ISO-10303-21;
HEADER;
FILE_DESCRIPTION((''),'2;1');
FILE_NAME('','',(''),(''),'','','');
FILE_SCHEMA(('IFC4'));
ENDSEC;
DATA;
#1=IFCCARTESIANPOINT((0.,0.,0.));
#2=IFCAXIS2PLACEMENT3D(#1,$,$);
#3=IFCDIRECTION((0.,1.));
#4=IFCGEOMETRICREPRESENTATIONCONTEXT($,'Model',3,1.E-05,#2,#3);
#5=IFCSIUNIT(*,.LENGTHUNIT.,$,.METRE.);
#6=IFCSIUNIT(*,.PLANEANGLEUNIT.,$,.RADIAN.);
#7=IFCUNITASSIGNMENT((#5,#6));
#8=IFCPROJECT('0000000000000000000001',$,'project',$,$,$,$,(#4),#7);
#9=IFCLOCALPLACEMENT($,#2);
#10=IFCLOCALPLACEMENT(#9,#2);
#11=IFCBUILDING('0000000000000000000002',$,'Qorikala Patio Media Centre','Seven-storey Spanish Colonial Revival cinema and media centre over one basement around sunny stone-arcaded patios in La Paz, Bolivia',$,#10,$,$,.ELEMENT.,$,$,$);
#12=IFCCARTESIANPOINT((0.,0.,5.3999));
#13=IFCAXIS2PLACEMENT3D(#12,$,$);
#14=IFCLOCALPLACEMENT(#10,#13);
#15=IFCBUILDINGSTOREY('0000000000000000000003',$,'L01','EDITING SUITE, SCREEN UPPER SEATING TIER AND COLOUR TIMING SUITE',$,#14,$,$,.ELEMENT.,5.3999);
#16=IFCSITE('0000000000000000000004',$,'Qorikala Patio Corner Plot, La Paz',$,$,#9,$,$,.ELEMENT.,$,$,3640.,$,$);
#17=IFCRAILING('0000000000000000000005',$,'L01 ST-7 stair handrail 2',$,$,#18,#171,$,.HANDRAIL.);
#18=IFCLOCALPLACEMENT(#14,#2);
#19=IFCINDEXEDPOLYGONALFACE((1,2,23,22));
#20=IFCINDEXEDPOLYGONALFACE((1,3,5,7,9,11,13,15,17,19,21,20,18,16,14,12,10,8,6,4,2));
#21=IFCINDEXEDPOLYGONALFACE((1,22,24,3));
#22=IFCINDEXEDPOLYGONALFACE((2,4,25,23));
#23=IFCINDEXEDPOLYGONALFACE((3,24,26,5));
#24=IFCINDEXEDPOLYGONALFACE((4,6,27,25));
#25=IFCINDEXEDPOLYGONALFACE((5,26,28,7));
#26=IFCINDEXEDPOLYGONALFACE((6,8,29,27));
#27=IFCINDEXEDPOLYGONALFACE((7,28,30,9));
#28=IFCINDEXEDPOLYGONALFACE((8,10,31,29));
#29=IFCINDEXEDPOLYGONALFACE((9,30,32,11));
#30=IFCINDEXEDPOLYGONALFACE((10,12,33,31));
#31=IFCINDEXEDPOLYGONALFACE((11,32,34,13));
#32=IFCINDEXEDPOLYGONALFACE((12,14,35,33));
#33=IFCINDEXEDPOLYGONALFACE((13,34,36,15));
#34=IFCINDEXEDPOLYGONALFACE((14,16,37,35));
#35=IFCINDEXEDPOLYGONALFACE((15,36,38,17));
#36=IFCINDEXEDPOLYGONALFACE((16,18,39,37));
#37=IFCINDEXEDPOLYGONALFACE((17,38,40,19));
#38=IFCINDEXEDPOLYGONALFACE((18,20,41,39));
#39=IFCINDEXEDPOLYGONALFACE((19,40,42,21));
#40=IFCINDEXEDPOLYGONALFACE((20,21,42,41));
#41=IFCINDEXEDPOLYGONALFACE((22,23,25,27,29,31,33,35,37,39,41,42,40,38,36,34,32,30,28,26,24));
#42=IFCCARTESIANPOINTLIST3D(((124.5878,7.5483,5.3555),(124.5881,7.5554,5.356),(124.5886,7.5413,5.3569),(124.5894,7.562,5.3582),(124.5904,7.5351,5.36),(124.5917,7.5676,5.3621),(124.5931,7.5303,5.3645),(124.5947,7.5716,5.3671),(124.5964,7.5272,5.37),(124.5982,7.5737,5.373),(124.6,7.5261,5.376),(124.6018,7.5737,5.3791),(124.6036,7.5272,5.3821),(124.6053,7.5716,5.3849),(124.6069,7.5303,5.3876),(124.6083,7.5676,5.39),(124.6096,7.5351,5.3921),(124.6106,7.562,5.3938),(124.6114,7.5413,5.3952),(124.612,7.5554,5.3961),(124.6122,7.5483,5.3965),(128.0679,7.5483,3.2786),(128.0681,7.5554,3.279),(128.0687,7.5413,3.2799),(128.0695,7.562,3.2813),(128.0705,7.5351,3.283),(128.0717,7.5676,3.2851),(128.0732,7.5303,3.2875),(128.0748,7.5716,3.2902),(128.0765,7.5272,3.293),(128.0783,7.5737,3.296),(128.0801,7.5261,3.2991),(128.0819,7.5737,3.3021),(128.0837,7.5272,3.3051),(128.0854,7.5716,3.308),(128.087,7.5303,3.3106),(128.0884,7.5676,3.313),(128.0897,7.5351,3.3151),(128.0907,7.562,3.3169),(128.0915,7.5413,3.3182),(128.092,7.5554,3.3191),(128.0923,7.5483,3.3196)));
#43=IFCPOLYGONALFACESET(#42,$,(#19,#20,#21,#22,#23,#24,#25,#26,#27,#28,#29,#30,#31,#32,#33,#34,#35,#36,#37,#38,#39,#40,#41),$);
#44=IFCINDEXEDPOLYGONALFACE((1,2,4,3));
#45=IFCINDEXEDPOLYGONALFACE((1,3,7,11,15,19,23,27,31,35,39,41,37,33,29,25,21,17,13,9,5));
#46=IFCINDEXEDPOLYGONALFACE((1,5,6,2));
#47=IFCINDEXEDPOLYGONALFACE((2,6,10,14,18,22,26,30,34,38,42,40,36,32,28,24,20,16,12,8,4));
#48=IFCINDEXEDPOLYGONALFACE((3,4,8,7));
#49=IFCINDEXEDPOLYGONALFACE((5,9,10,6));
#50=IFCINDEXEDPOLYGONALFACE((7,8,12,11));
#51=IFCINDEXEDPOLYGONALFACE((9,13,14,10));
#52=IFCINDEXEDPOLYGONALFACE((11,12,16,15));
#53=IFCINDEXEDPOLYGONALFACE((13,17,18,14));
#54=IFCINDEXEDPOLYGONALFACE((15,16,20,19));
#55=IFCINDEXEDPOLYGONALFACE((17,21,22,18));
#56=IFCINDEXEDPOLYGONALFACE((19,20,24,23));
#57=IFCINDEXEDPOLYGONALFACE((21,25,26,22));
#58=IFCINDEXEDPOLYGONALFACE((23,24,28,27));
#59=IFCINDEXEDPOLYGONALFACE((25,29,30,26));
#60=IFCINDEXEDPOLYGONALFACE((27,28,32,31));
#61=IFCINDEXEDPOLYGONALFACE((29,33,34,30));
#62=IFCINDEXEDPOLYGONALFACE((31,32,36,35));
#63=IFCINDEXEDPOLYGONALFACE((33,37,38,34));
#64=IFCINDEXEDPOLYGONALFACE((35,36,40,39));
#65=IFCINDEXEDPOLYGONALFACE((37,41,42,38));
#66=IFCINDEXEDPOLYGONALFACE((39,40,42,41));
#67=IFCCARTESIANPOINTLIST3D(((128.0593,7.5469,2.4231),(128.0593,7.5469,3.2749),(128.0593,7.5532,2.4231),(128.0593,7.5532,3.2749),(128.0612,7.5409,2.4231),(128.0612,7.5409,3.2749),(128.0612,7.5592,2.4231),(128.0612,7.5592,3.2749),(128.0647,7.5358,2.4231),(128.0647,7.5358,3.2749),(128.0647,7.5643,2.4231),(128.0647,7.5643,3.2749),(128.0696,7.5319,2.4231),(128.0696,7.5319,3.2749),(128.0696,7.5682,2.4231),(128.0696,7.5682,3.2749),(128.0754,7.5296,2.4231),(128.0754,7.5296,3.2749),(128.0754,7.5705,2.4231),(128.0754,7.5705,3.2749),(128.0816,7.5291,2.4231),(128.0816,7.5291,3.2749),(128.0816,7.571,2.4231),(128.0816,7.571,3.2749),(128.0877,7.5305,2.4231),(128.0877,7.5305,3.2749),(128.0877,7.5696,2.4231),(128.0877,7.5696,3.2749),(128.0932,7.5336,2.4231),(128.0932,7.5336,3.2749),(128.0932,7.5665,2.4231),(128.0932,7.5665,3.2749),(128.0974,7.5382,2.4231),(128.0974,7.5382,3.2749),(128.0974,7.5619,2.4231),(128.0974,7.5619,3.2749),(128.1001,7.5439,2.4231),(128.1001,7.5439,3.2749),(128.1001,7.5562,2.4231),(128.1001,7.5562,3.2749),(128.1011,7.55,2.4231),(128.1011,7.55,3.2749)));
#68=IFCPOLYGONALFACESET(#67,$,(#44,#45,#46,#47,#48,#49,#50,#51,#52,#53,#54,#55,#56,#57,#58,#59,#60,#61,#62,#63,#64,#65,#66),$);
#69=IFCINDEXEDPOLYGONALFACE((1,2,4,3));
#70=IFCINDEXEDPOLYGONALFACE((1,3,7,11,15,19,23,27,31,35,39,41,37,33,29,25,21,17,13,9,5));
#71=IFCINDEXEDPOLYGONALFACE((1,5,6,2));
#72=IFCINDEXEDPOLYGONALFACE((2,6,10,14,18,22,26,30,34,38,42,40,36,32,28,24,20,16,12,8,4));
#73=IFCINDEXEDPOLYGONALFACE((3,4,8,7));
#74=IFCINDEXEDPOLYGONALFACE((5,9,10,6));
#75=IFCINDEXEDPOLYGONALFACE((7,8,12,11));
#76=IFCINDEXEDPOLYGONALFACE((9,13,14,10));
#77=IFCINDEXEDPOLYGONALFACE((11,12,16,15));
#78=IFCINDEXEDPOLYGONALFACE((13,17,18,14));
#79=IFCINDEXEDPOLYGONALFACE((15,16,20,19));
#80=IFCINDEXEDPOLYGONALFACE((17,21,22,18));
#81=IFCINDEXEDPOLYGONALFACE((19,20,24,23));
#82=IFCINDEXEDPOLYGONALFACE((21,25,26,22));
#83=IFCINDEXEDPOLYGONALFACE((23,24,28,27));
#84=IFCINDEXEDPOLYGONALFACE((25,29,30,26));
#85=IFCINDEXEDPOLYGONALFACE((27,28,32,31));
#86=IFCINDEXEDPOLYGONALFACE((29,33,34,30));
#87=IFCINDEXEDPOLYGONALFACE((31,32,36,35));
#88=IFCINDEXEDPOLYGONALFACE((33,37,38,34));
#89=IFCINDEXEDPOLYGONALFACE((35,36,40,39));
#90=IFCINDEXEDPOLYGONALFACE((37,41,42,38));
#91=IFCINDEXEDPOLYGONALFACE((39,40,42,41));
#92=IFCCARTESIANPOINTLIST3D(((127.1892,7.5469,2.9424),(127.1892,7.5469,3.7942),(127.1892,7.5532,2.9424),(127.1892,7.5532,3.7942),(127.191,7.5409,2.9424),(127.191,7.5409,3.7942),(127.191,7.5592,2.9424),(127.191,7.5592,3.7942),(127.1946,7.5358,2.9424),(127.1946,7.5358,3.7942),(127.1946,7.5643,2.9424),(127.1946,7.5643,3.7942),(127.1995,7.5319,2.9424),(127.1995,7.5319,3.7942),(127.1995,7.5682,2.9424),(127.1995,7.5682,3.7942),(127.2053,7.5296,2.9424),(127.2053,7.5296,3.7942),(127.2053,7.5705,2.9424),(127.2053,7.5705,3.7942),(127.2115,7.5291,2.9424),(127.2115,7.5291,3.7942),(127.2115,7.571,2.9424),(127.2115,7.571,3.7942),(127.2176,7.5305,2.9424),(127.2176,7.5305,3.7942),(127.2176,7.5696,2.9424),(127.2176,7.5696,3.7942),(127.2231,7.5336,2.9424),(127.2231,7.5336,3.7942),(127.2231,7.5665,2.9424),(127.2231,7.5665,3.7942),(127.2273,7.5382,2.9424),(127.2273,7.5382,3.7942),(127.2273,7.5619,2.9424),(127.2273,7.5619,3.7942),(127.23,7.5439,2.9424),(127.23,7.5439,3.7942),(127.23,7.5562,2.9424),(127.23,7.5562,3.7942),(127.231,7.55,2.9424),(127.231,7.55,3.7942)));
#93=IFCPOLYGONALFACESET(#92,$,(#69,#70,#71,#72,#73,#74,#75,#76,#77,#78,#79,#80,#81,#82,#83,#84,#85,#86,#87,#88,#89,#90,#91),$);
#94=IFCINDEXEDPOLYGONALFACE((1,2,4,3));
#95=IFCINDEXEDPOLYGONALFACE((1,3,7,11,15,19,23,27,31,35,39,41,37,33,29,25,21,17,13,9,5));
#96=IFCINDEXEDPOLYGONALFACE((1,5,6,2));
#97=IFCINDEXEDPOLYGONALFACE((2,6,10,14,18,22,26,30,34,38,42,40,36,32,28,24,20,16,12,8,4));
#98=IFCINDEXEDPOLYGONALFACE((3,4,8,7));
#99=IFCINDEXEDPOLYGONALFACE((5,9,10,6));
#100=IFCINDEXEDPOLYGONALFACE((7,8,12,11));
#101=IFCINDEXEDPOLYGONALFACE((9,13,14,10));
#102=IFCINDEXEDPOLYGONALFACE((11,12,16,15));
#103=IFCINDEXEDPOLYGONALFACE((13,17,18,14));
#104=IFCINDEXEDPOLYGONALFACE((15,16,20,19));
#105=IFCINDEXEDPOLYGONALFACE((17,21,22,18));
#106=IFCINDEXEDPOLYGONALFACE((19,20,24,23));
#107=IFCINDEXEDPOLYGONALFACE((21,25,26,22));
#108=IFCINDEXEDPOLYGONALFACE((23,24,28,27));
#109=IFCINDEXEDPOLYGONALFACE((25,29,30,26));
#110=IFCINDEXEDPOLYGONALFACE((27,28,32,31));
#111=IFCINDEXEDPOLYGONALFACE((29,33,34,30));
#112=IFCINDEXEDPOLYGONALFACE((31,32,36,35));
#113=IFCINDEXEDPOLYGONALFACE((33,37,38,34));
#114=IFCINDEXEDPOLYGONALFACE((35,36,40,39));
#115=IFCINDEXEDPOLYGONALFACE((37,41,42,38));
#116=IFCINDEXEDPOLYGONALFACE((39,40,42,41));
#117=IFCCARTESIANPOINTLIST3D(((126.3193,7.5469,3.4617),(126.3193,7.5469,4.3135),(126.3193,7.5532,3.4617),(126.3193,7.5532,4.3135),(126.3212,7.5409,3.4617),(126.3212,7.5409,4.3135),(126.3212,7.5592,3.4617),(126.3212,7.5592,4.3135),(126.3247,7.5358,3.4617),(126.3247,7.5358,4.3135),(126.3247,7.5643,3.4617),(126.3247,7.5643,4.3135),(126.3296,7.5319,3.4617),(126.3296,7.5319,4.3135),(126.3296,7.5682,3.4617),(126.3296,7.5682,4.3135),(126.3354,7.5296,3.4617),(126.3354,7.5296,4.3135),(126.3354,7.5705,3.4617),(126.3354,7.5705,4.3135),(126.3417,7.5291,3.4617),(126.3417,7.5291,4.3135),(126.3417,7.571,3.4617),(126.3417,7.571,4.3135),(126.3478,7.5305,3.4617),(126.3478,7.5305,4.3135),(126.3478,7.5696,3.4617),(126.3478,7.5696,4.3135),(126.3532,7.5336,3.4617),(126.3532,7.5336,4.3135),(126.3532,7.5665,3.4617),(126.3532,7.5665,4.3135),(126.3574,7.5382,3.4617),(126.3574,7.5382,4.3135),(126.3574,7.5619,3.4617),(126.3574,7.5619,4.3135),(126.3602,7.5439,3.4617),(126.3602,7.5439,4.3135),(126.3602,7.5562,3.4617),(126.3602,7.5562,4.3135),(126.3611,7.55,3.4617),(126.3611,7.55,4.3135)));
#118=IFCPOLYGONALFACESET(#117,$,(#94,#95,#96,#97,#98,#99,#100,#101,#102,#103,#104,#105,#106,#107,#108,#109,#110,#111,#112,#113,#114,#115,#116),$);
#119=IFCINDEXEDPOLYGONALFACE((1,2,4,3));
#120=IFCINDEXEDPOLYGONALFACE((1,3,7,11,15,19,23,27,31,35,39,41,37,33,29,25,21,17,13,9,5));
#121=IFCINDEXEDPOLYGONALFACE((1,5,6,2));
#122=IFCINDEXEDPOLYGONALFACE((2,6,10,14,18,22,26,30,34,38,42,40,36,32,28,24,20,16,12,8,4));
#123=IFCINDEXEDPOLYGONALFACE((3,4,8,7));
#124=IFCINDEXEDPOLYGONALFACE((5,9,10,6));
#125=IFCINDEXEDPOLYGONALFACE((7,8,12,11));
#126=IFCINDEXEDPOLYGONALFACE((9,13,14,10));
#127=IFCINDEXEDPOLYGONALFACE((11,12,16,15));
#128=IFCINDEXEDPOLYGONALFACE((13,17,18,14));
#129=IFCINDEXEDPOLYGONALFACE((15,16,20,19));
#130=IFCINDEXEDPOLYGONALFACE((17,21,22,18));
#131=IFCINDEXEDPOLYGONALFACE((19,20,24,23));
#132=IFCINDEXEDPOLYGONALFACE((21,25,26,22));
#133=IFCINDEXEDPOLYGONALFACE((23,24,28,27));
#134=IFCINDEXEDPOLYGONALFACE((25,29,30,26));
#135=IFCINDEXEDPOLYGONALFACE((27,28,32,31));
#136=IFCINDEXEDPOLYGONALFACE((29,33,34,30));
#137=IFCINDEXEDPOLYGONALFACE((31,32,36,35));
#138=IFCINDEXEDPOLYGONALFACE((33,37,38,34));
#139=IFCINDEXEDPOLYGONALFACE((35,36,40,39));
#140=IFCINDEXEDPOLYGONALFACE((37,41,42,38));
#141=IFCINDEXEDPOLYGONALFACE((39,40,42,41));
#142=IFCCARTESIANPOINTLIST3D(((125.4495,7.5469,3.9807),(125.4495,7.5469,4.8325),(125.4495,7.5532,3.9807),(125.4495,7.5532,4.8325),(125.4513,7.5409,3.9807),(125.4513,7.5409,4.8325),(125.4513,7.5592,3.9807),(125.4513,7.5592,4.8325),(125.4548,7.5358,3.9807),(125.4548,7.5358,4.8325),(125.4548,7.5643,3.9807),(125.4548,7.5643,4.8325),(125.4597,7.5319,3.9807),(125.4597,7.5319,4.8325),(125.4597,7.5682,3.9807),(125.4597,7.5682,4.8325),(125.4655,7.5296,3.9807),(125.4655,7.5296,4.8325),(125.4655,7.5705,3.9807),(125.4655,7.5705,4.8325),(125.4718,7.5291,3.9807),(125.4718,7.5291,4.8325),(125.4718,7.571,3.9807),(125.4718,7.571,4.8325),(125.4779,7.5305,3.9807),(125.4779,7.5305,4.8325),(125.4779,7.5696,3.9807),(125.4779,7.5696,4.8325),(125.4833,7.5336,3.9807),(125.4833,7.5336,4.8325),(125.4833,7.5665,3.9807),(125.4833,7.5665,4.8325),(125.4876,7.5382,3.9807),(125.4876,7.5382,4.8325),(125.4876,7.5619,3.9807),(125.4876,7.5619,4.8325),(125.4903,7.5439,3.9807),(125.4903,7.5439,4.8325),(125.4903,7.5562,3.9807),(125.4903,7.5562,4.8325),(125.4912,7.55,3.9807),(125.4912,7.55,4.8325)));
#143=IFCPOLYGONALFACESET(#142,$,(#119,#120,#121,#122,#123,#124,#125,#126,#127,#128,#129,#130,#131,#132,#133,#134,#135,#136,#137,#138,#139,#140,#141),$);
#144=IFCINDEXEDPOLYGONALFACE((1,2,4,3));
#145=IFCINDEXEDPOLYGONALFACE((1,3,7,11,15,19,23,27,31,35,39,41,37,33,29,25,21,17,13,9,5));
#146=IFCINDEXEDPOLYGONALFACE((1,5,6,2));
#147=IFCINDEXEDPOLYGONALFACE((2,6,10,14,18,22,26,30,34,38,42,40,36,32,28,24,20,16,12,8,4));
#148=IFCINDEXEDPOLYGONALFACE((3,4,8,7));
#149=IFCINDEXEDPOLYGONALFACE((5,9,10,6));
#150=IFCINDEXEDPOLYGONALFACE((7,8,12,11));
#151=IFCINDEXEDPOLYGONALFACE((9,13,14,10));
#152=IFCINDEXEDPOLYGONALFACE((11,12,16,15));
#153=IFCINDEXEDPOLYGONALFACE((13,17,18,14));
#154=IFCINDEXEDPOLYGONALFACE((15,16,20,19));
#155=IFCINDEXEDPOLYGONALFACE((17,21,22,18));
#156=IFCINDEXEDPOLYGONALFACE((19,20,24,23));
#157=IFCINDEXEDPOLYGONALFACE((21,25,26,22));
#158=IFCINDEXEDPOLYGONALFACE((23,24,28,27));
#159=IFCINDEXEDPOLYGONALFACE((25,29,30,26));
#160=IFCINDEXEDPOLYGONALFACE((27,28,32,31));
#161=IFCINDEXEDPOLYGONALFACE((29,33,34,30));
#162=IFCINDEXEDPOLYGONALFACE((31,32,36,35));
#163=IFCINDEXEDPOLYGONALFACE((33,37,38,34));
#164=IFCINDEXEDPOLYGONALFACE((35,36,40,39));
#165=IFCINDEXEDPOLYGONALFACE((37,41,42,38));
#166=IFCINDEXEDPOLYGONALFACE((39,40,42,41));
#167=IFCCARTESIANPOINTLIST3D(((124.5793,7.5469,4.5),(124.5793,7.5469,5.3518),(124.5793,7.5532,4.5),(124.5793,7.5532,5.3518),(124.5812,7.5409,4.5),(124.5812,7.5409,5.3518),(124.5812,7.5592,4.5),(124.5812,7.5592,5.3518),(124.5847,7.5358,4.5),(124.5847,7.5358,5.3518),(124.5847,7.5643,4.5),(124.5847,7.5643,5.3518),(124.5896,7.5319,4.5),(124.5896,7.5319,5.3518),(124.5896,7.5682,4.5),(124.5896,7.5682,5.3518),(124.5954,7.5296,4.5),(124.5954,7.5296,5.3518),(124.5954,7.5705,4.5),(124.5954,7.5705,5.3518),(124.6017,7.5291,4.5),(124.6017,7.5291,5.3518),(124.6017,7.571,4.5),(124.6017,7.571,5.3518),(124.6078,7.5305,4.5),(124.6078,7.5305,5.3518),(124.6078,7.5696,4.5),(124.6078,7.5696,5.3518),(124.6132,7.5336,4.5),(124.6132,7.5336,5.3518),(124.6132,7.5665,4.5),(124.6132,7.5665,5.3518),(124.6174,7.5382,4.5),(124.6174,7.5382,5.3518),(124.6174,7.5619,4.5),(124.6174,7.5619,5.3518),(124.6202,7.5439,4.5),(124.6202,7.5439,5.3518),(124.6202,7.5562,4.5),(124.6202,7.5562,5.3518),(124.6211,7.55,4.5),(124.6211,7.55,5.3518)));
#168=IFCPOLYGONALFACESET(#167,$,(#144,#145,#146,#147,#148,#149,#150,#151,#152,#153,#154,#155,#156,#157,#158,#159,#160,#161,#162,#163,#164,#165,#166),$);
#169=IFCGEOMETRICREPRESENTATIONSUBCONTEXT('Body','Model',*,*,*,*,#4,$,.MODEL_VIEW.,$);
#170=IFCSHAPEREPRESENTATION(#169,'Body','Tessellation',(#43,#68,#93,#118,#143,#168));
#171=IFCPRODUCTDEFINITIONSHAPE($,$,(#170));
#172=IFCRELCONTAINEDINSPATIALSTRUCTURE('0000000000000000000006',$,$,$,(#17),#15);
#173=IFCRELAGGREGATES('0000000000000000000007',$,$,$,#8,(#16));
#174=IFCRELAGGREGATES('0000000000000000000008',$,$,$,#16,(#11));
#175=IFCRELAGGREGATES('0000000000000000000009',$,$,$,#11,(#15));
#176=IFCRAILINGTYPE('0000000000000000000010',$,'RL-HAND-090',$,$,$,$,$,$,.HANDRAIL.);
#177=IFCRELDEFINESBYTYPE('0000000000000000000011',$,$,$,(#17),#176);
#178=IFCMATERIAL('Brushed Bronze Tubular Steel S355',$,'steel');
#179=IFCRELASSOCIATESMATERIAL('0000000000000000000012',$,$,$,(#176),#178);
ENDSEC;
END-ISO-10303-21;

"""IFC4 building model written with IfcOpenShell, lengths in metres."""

from ifc_helpers import new_model, si_unit, direction, frame, origin, origin_2d, place, context, subcontext, project, spatial, circle, extrude, material, type_object, element, save


model = new_model("IFC4")

# Units and contexts
model_context = context("Model", 3, precision=1e-05, world=origin(), true_north=direction((0.0, 1.0)))
body_context = subcontext(model_context, "Body", "Model", "MODEL_VIEW")
ifc_project = project(units=[si_unit("LENGTHUNIT", "METRE"), si_unit("PLANEANGLEUNIT", "RADIAN")], contexts=[model_context])

# Site, building, storey
site_placement = place(None, origin())
site = spatial("IfcSite", under=ifc_project, at=site_placement, Name="Qorikala Patio Corner Plot, La Paz", CompositionType="ELEMENT", RefElevation=3640.0)
building_placement = place(site_placement, origin())
building = spatial("IfcBuilding", under=site, at=building_placement, Name="Qorikala Patio Media Centre", Description="Seven-storey Spanish Colonial Revival cinema and media centre over one basement around sunny stone-arcaded patios in La Paz, Bolivia", CompositionType="ELEMENT")
storey_placement = place(building_placement, frame((0.0, 0.0, 5.3999)))
storey = spatial("IfcBuildingStorey", under=building, at=storey_placement, Name="L01", Description="EDITING SUITE, SCREEN UPPER SEATING TIER AND COLOUR TIMING SUITE", CompositionType="ELEMENT", Elevation=5.3999)

# Railing
ifc_material_1 = material(Name="Brushed Bronze Tubular Steel S355", Category="steel")
railing_type_1 = type_object("IfcRailingType", Name="RL-HAND-090", PredefinedType="HANDRAIL", material=ifc_material_1)
railing_1_placement = place(storey_placement, frame((128.0801, 7.55, 2.4231)))
element("IfcRailing", 1, at=railing_1_placement, inside=storey, type_object=railing_type_1, Name="L01 ST-7 stair handrail 2", PredefinedType="HANDRAIL", context=body_context, shape_type="SweptSolid", body=[
    extrude(circle(Radius=0.0239, at=origin_2d()), frame((0.0, 0.0, 0.876), z_axis=(-0.858697, 0.0, 0.512483), x_axis=(0.0, -1.0, 0.0)), (0.0, 0.0, 1.0), 4.0527),
    extrude(circle(Radius=0.021, at=origin_2d()), origin(), (0.0, 0.0, 1.0), 0.8518),
    extrude(circle(Radius=0.021, at=origin_2d()), frame((-0.8701, 0.0, 0.5193)), (0.0, 0.0, 1.0), 0.8518),
    extrude(circle(Radius=0.021, at=origin_2d()), frame((-1.74, 0.0, 1.0386)), (0.0, 0.0, 1.0), 0.8518),
    extrude(circle(Radius=0.021, at=origin_2d()), frame((-2.6099, 0.0, 1.5576)), (0.0, 0.0, 1.0), 0.8518),
    extrude(circle(Radius=0.021, at=origin_2d()), frame((-3.48, 0.0, 2.0769)), (0.0, 0.0, 1.0), 0.8518),
])

save(model, "model.ifc")
